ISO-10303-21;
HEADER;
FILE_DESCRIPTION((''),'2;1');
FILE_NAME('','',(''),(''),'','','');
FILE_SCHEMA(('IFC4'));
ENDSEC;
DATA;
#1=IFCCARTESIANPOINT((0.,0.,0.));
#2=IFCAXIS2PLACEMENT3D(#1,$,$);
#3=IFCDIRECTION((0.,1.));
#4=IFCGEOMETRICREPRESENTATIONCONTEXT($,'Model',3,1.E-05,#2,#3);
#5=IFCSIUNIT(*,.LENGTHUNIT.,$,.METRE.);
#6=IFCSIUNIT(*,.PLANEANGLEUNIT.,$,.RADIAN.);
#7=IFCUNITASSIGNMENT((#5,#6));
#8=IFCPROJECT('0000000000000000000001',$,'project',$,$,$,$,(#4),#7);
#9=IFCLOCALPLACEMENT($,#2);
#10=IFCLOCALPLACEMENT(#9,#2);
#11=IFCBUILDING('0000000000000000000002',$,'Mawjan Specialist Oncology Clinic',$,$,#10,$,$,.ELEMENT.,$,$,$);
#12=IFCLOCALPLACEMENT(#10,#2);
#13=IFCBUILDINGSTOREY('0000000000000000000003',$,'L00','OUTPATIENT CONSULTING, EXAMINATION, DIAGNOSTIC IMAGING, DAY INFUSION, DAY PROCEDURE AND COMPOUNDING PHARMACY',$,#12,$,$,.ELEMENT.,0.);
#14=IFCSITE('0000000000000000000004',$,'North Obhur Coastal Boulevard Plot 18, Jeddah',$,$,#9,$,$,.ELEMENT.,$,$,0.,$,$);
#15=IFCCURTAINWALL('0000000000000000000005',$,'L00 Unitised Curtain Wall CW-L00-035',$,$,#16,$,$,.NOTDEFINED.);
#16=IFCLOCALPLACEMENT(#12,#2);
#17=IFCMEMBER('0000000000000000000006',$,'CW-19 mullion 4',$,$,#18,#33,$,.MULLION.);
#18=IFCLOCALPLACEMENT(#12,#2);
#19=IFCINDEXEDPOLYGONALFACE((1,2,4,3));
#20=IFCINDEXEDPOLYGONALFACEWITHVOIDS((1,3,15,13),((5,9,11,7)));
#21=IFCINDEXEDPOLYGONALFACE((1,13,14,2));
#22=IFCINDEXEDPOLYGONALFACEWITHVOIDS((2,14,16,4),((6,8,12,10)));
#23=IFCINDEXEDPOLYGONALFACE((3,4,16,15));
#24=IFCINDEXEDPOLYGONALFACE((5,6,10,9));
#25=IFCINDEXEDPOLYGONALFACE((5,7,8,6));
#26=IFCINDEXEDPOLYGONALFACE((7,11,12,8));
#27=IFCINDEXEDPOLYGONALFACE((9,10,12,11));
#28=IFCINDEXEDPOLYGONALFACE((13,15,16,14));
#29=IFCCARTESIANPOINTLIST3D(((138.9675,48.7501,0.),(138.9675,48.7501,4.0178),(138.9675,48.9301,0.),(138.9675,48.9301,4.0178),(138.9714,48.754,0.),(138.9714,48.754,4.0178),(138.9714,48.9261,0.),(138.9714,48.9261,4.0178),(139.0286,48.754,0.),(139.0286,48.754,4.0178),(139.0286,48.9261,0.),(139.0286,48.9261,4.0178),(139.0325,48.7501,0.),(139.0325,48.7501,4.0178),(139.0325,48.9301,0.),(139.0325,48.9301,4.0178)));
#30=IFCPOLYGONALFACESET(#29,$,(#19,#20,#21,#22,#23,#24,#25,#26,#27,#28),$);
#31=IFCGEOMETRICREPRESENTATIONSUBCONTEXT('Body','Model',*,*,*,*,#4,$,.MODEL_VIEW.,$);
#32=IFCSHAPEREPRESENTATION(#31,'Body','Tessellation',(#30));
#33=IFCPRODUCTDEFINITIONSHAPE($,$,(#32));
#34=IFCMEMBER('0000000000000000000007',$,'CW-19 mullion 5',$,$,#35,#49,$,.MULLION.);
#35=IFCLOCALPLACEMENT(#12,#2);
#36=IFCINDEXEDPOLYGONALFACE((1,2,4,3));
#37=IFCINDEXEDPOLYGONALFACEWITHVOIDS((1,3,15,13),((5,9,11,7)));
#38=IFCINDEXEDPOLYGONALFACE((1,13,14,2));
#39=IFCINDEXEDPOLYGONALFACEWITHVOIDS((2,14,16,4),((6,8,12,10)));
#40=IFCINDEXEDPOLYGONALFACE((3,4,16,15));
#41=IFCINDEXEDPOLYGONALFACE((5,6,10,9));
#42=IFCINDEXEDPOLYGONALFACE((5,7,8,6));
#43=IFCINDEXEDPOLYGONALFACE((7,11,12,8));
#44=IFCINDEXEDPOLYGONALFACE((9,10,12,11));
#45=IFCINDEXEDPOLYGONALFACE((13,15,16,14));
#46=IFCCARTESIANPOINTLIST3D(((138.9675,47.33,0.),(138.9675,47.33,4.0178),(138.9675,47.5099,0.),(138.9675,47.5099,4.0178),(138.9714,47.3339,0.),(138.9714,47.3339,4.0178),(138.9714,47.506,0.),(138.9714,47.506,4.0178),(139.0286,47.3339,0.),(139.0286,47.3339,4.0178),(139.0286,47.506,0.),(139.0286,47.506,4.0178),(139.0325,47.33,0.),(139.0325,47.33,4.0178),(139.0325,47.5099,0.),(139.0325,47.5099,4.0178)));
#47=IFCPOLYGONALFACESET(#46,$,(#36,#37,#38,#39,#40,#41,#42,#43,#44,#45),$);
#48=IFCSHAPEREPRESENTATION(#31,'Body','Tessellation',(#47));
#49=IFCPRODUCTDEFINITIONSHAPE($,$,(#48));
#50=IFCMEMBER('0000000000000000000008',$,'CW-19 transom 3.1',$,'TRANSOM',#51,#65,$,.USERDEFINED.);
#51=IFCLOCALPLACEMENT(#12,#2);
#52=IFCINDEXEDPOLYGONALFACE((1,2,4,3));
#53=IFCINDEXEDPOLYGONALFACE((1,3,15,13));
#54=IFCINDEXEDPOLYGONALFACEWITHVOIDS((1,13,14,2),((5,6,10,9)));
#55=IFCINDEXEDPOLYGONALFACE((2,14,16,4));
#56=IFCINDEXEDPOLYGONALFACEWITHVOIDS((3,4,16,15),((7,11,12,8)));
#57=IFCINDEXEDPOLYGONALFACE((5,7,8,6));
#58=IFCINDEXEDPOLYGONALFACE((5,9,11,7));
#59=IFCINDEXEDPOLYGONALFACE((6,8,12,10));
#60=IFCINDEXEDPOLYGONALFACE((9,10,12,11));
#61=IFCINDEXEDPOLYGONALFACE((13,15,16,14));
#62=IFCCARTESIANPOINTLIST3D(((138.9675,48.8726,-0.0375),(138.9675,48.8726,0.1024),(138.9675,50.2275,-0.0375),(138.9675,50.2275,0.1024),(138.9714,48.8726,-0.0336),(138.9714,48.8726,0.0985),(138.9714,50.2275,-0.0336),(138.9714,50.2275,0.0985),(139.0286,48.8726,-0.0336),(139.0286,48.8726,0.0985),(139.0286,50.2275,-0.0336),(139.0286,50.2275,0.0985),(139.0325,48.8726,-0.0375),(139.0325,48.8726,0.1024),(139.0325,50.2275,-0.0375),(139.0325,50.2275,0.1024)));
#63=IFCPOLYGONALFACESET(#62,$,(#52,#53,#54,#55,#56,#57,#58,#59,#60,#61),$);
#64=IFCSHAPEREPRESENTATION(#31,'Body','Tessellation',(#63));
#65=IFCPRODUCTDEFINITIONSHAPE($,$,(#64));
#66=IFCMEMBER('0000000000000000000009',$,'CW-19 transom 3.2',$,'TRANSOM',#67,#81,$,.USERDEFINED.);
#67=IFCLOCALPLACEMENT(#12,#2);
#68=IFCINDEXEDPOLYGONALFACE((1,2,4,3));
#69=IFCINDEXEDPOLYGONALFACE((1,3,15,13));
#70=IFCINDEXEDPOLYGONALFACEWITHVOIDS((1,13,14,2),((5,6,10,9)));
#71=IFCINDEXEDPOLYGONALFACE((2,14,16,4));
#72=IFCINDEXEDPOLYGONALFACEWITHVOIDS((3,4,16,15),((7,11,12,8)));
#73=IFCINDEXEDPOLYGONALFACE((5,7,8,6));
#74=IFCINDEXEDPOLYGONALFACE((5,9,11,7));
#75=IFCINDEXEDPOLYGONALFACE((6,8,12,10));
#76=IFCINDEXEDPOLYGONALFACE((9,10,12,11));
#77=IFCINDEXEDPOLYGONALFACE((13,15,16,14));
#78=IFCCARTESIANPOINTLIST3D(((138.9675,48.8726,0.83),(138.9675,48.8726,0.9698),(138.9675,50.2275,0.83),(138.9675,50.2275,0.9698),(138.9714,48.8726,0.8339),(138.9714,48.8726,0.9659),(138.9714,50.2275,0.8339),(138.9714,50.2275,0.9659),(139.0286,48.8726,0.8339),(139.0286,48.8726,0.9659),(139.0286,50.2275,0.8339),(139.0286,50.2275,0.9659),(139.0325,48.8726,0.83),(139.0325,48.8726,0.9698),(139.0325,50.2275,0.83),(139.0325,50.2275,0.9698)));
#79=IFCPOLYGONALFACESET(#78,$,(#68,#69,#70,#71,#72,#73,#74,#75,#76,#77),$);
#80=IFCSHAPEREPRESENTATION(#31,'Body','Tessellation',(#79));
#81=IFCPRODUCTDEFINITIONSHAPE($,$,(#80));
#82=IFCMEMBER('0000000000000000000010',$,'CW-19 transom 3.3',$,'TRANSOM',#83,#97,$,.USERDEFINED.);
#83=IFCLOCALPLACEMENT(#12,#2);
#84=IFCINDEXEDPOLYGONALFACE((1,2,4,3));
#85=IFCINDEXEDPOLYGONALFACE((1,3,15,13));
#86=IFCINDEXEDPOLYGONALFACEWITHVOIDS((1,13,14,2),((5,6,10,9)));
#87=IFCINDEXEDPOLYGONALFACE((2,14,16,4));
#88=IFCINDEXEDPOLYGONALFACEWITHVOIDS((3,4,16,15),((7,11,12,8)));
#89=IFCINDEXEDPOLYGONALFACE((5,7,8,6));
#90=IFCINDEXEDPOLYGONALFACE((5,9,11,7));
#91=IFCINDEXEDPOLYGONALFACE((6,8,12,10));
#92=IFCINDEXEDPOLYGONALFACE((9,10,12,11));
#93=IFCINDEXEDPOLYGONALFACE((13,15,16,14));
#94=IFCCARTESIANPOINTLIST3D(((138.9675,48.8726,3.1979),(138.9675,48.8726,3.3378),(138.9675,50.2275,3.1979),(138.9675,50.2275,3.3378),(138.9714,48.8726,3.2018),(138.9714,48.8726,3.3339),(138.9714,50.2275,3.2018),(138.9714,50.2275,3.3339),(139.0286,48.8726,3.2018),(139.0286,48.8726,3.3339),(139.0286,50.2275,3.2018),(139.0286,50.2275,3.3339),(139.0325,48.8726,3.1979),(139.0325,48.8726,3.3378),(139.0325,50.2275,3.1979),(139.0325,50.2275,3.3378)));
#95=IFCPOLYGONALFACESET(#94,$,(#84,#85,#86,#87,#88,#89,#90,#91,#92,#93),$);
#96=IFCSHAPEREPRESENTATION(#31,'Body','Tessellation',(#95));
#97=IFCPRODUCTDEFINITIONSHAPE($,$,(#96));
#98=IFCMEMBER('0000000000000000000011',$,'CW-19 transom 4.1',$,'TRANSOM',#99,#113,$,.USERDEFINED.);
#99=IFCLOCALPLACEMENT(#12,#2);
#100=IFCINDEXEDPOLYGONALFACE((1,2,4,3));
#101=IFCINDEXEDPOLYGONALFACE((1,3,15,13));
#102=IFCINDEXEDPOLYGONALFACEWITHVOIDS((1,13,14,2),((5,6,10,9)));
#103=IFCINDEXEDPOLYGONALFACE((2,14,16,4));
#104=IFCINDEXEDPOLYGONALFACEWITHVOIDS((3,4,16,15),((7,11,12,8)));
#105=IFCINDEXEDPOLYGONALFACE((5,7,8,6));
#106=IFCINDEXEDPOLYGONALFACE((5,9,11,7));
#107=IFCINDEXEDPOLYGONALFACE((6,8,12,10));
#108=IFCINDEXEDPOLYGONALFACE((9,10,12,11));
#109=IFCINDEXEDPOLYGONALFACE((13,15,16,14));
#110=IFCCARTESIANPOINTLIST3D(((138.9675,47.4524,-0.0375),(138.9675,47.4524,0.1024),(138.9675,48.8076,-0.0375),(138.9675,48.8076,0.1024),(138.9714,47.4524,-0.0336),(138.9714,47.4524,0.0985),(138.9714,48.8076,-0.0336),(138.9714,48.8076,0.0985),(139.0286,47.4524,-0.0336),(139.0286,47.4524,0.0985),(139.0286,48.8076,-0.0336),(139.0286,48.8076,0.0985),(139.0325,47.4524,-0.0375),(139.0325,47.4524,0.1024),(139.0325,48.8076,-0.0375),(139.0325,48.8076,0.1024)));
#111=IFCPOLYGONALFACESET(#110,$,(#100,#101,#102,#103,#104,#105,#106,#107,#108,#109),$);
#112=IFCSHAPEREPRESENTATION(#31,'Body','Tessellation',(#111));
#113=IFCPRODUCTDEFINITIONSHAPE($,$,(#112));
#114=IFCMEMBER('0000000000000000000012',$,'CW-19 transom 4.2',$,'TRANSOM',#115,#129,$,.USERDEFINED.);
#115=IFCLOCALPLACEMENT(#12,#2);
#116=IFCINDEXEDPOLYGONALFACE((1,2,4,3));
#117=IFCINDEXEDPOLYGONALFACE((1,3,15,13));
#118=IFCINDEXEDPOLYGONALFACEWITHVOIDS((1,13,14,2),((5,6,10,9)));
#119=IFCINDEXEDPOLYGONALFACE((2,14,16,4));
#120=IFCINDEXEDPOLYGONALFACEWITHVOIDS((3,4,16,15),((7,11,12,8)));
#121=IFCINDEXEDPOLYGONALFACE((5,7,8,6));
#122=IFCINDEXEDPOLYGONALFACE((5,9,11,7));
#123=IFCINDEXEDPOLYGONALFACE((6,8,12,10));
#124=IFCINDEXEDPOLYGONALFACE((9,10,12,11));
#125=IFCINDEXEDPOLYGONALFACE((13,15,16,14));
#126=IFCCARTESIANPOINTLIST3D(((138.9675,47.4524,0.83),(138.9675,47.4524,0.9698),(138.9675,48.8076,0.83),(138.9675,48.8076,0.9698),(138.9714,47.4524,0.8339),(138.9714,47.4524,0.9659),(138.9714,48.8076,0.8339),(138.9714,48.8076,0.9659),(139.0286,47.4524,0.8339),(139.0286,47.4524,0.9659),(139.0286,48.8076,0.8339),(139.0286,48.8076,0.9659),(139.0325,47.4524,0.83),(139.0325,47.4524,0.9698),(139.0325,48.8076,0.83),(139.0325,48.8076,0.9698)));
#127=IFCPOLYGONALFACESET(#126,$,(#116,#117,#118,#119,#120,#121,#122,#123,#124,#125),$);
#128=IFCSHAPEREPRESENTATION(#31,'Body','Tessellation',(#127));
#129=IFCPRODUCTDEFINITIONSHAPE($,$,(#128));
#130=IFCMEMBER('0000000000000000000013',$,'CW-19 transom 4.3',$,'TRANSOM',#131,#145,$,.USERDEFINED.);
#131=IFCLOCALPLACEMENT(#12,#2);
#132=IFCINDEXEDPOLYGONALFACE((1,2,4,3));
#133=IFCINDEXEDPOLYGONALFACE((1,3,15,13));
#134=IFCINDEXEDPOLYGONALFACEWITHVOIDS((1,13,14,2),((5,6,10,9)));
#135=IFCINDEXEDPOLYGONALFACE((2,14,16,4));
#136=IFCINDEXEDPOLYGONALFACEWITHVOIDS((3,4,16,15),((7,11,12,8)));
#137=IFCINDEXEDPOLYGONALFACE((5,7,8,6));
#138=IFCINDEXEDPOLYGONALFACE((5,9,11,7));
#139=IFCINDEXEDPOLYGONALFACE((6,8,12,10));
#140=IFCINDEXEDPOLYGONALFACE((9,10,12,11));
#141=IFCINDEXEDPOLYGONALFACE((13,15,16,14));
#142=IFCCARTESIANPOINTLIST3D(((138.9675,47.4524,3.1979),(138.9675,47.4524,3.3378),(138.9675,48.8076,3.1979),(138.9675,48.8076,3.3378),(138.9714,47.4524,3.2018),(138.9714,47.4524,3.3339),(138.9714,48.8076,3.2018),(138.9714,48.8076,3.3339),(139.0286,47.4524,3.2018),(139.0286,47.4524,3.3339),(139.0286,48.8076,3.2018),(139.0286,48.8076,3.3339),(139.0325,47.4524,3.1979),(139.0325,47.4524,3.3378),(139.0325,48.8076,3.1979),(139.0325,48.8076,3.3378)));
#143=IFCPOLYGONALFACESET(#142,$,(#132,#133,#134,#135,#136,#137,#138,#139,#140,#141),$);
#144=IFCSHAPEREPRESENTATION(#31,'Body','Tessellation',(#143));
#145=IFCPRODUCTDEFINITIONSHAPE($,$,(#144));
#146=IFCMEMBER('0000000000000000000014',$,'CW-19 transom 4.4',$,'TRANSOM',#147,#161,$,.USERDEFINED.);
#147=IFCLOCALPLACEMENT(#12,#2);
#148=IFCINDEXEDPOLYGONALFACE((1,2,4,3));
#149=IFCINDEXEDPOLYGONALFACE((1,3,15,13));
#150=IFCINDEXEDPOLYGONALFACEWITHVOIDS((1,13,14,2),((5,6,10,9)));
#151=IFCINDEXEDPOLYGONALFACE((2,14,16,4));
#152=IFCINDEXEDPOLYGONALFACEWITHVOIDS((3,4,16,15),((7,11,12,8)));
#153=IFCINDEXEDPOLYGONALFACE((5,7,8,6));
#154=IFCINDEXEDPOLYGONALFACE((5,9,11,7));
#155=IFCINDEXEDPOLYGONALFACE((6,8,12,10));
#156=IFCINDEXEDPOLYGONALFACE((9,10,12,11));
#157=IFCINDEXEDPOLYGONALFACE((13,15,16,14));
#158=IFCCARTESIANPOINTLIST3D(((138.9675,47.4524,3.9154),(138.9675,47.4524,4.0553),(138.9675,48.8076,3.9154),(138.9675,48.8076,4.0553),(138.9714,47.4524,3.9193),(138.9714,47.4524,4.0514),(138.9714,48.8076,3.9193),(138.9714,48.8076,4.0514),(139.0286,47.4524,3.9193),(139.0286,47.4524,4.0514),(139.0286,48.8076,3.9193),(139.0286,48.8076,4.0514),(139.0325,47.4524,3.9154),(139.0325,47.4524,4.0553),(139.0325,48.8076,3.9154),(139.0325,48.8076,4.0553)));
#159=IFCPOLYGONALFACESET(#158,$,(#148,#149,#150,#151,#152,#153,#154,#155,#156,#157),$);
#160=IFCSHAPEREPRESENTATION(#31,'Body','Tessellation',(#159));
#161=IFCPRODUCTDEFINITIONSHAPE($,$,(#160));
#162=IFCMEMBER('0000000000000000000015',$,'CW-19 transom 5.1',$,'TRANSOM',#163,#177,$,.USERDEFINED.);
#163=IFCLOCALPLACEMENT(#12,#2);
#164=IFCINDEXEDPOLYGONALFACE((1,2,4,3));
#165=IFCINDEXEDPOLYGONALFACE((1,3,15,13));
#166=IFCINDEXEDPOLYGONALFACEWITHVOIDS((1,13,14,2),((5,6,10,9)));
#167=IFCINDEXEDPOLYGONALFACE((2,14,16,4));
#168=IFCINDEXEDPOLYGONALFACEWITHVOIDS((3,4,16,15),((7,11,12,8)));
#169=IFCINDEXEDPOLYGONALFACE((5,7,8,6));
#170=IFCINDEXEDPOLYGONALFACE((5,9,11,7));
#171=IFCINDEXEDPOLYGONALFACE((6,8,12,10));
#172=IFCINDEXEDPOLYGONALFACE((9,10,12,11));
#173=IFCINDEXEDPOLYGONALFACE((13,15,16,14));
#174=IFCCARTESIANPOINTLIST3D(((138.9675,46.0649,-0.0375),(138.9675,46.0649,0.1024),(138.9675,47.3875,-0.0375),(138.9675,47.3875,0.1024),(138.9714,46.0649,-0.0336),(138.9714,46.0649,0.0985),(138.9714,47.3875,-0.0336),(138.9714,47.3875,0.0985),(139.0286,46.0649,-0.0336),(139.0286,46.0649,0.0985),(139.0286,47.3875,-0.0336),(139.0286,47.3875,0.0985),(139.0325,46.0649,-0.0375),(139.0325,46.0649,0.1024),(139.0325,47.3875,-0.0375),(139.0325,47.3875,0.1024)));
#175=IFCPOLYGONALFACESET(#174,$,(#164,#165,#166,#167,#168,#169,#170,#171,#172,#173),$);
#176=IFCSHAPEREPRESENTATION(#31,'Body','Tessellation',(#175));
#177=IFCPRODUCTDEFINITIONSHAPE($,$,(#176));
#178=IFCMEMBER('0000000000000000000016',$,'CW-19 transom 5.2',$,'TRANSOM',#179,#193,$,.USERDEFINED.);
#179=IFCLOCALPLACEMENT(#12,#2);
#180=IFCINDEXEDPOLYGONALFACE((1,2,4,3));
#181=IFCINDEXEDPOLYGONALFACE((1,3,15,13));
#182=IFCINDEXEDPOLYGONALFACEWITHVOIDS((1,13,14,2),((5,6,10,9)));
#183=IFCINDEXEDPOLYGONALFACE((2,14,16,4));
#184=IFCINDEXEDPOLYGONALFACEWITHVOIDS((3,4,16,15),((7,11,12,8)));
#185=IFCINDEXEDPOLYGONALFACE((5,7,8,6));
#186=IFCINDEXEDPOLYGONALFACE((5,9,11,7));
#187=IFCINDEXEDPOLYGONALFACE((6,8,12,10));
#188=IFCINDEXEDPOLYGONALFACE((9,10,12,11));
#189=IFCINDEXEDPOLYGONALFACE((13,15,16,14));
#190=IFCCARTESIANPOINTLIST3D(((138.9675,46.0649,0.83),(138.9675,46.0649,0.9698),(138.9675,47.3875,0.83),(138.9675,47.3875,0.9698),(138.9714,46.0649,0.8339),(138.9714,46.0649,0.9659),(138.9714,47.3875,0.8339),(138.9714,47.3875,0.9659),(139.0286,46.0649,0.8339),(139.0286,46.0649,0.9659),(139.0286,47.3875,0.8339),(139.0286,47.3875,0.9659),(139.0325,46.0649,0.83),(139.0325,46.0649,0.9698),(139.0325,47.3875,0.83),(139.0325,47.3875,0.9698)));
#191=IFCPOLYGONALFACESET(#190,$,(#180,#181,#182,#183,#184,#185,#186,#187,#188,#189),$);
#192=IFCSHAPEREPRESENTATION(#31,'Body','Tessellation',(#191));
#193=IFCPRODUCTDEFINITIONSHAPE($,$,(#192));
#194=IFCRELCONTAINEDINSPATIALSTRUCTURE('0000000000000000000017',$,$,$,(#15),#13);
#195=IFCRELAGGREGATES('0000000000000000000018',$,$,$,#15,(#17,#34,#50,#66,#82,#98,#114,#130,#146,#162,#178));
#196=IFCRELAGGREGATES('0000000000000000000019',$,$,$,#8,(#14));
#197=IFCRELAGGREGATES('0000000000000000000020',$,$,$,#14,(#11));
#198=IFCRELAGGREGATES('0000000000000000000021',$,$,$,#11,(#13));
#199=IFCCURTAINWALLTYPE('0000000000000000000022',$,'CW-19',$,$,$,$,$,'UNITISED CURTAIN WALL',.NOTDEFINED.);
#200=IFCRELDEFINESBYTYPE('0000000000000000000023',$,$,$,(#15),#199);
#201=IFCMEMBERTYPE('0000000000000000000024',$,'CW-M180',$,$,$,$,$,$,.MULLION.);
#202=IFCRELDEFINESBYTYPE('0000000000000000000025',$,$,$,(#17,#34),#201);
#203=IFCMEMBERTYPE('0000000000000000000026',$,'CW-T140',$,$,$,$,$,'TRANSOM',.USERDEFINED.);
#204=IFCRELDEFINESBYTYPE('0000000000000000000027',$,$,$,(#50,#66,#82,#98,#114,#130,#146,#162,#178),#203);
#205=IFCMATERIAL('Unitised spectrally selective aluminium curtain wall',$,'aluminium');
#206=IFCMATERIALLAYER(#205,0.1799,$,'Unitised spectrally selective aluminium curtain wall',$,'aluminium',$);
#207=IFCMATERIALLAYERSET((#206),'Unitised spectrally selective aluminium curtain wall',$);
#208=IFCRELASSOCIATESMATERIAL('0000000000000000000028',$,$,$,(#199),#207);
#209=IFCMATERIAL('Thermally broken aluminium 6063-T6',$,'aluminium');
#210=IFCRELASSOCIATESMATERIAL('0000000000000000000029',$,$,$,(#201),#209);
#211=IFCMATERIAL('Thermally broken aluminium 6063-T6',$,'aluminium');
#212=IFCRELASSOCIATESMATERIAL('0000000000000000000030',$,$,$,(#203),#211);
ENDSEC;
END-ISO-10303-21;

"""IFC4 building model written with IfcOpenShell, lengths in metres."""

from ifc_helpers import new_model, si_unit, direction, frame, origin, origin_2d, place, context, subcontext, project, spatial, hollow_rectangle, extrude, material, layer, layer_set, material_profile, profile_set, type_object, element, aggregate, save


model = new_model("IFC4")

# Units and contexts
model_context = context("Model", 3, precision=1e-05, world=origin(), true_north=direction((0.0, 1.0)))
body_context = subcontext(model_context, "Body", "Model", "MODEL_VIEW")
ifc_project = project(units=[si_unit("LENGTHUNIT", "METRE"), si_unit("PLANEANGLEUNIT", "RADIAN")], contexts=[model_context])

# Site, building, storey
site_placement = place(None, origin())
site = spatial("IfcSite", under=ifc_project, at=site_placement, Name="North Obhur Coastal Boulevard Plot 18, Jeddah", CompositionType="ELEMENT", RefElevation=0.0)
building_placement = place(site_placement, origin())
building = spatial("IfcBuilding", under=site, at=building_placement, Name="Mawjan Specialist Oncology Clinic", CompositionType="ELEMENT")
storey_placement = place(building_placement, origin())
storey = spatial("IfcBuildingStorey", under=building, at=storey_placement, Name="L00", Description="OUTPATIENT CONSULTING, EXAMINATION, DIAGNOSTIC IMAGING, DAY INFUSION, DAY PROCEDURE AND COMPOUNDING PHARMACY", CompositionType="ELEMENT", Elevation=0.0)

# Curtain wall, members
ifc_material_1 = material(Name="Unitised spectrally selective aluminium curtain wall", Category="aluminium")
ifc_layer_1 = layer(ifc_material_1, 0.1799, Name="Unitised spectrally selective aluminium curtain wall", Category="aluminium")
ifc_layer_set_1 = layer_set([ifc_layer_1], Name="Unitised spectrally selective aluminium curtain wall")
curtain_wall_type = type_object("IfcCurtainWallType", Name="CW-19", ElementType="UNITISED CURTAIN WALL", PredefinedType="NOTDEFINED", material=ifc_layer_set_1)
curtain_wall_placement = place(storey_placement, origin())
curtain_wall = element("IfcCurtainWall", 1, at=curtain_wall_placement, inside=storey, type_object=curtain_wall_type, Name="L00 Unitised Curtain Wall CW-L00-035", PredefinedType="NOTDEFINED")
ifc_material_2 = material(Name="Thermally broken aluminium 6063-T6", Category="aluminium")
ifc_material_profile_1 = material_profile(ifc_material_2, hollow_rectangle(XDim=0.0649, YDim=0.1799, WallThickness=0.0039, at=origin_2d()), Name="ALU MULLION 180x65x4", Category="aluminium")
ifc_profile_set_1 = profile_set([ifc_material_profile_1], Name="Thermally broken aluminium 6063-T6")
member_type_1 = type_object("IfcMemberType", Name="CW-M180", PredefinedType="MULLION", material=ifc_profile_set_1)
member_1_placement = place(storey_placement, frame((139.0, 48.8401, 0.0), z_axis=(0.0, 0.0, 1.0), x_axis=(1.0, 0.0, 0.0)))
member_1 = element("IfcMember", 2, at=member_1_placement, type_object=member_type_1, Name="CW-19 mullion 4", PredefinedType="MULLION", context=body_context, shape_type="SweptSolid", body=[
    extrude(hollow_rectangle(XDim=0.0649, YDim=0.1799, WallThickness=0.0039, at=origin_2d()), origin(), (0.0, 0.0, 1.0), 4.0178),
])
member_2_placement = place(storey_placement, frame((139.0, 47.4199, 0.0), z_axis=(0.0, 0.0, 1.0), x_axis=(1.0, 0.0, 0.0)))
member_2 = element("IfcMember", 3, at=member_2_placement, type_object=member_type_1, Name="CW-19 mullion 5", PredefinedType="MULLION", context=body_context, shape_type="SweptSolid", body=[
    extrude(hollow_rectangle(XDim=0.0649, YDim=0.1799, WallThickness=0.0039, at=origin_2d()), origin(), (0.0, 0.0, 1.0), 4.0178),
])
ifc_material_3 = material(Name="Thermally broken aluminium 6063-T6", Category="aluminium")
ifc_material_profile_2 = material_profile(ifc_material_3, hollow_rectangle(XDim=0.0649, YDim=0.1399, WallThickness=0.0039, at=origin_2d()), Name="ALU TRANSOM 140x65x4", Category="aluminium")
ifc_profile_set_2 = profile_set([ifc_material_profile_2], Name="Thermally broken aluminium 6063-T6")
member_type_2 = type_object("IfcMemberType", Name="CW-T140", ElementType="TRANSOM", PredefinedType="USERDEFINED", material=ifc_profile_set_2)
member_3_placement = place(storey_placement, frame((139.0, 50.2275, 0.0325), z_axis=(0.0, -1.0, 0.0), x_axis=(1.0, 0.0, 0.0)))
member_3 = element("IfcMember", 4, at=member_3_placement, type_object=member_type_2, Name="CW-19 transom 3.1", ObjectType="TRANSOM", PredefinedType="USERDEFINED", context=body_context, shape_type="SweptSolid", body=[
    extrude(hollow_rectangle(XDim=0.0649, YDim=0.1399, WallThickness=0.0039, at=origin_2d()), origin(), (0.0, 0.0, 1.0), 1.355),
])
member_4_placement = place(storey_placement, frame((139.0, 50.2275, 0.8999), z_axis=(0.0, -1.0, 0.0), x_axis=(1.0, 0.0, 0.0)))
member_4 = element("IfcMember", 5, at=member_4_placement, type_object=member_type_2, Name="CW-19 transom 3.2", ObjectType="TRANSOM", PredefinedType="USERDEFINED", context=body_context, shape_type="SweptSolid", body=[
    extrude(hollow_rectangle(XDim=0.0649, YDim=0.1399, WallThickness=0.0039, at=origin_2d()), origin(), (0.0, 0.0, 1.0), 1.355),
])
member_5_placement = place(storey_placement, frame((139.0, 50.2275, 3.2678), z_axis=(0.0, -1.0, 0.0), x_axis=(1.0, 0.0, 0.0)))
member_5 = element("IfcMember", 6, at=member_5_placement, type_object=member_type_2, Name="CW-19 transom 3.3", ObjectType="TRANSOM", PredefinedType="USERDEFINED", context=body_context, shape_type="SweptSolid", body=[
    extrude(hollow_rectangle(XDim=0.0649, YDim=0.1399, WallThickness=0.0039, at=origin_2d()), origin(), (0.0, 0.0, 1.0), 1.355),
])
member_6_placement = place(storey_placement, frame((139.0, 48.8076, 0.0325), z_axis=(0.0, -1.0, 0.0), x_axis=(1.0, 0.0, 0.0)))
member_6 = element("IfcMember", 7, at=member_6_placement, type_object=member_type_2, Name="CW-19 transom 4.1", ObjectType="TRANSOM", PredefinedType="USERDEFINED", context=body_context, shape_type="SweptSolid", body=[
    extrude(hollow_rectangle(XDim=0.0649, YDim=0.1399, WallThickness=0.0039, at=origin_2d()), origin(), (0.0, 0.0, 1.0), 1.3552),
])
member_7_placement = place(storey_placement, frame((139.0, 48.8076, 0.8999), z_axis=(0.0, -1.0, 0.0), x_axis=(1.0, 0.0, 0.0)))
member_7 = element("IfcMember", 8, at=member_7_placement, type_object=member_type_2, Name="CW-19 transom 4.2", ObjectType="TRANSOM", PredefinedType="USERDEFINED", context=body_context, shape_type="SweptSolid", body=[
    extrude(hollow_rectangle(XDim=0.0649, YDim=0.1399, WallThickness=0.0039, at=origin_2d()), origin(), (0.0, 0.0, 1.0), 1.3552),
])
member_8_placement = place(storey_placement, frame((139.0, 48.8076, 3.2678), z_axis=(0.0, -1.0, 0.0), x_axis=(1.0, 0.0, 0.0)))
member_8 = element("IfcMember", 9, at=member_8_placement, type_object=member_type_2, Name="CW-19 transom 4.3", ObjectType="TRANSOM", PredefinedType="USERDEFINED", context=body_context, shape_type="SweptSolid", body=[
    extrude(hollow_rectangle(XDim=0.0649, YDim=0.1399, WallThickness=0.0039, at=origin_2d()), origin(), (0.0, 0.0, 1.0), 1.3552),
])
member_9_placement = place(storey_placement, frame((139.0, 48.8076, 3.9854), z_axis=(0.0, -1.0, 0.0), x_axis=(1.0, 0.0, 0.0)))
member_9 = element("IfcMember", 10, at=member_9_placement, type_object=member_type_2, Name="CW-19 transom 4.4", ObjectType="TRANSOM", PredefinedType="USERDEFINED", context=body_context, shape_type="SweptSolid", body=[
    extrude(hollow_rectangle(XDim=0.0649, YDim=0.1399, WallThickness=0.0039, at=origin_2d()), origin(), (0.0, 0.0, 1.0), 1.3552),
])
member_10_placement = place(storey_placement, frame((139.0, 47.3875, 0.0325), z_axis=(0.0, -1.0, 0.0), x_axis=(1.0, 0.0, 0.0)))
member_10 = element("IfcMember", 11, at=member_10_placement, type_object=member_type_2, Name="CW-19 transom 5.1", ObjectType="TRANSOM", PredefinedType="USERDEFINED", context=body_context, shape_type="SweptSolid", body=[
    extrude(hollow_rectangle(XDim=0.0649, YDim=0.1399, WallThickness=0.0039, at=origin_2d()), origin(), (0.0, 0.0, 1.0), 1.3225),
])
member_11_placement = place(storey_placement, frame((139.0, 47.3875, 0.8999), z_axis=(0.0, -1.0, 0.0), x_axis=(1.0, 0.0, 0.0)))
member_11 = element("IfcMember", 12, at=member_11_placement, type_object=member_type_2, Name="CW-19 transom 5.2", ObjectType="TRANSOM", PredefinedType="USERDEFINED", context=body_context, shape_type="SweptSolid", body=[
    extrude(hollow_rectangle(XDim=0.0649, YDim=0.1399, WallThickness=0.0039, at=origin_2d()), origin(), (0.0, 0.0, 1.0), 1.3225),
])
aggregate(curtain_wall, [member_1, member_2, member_3, member_4, member_5, member_6, member_7, member_8, member_9, member_10, member_11])

save(model, "model.ifc")
